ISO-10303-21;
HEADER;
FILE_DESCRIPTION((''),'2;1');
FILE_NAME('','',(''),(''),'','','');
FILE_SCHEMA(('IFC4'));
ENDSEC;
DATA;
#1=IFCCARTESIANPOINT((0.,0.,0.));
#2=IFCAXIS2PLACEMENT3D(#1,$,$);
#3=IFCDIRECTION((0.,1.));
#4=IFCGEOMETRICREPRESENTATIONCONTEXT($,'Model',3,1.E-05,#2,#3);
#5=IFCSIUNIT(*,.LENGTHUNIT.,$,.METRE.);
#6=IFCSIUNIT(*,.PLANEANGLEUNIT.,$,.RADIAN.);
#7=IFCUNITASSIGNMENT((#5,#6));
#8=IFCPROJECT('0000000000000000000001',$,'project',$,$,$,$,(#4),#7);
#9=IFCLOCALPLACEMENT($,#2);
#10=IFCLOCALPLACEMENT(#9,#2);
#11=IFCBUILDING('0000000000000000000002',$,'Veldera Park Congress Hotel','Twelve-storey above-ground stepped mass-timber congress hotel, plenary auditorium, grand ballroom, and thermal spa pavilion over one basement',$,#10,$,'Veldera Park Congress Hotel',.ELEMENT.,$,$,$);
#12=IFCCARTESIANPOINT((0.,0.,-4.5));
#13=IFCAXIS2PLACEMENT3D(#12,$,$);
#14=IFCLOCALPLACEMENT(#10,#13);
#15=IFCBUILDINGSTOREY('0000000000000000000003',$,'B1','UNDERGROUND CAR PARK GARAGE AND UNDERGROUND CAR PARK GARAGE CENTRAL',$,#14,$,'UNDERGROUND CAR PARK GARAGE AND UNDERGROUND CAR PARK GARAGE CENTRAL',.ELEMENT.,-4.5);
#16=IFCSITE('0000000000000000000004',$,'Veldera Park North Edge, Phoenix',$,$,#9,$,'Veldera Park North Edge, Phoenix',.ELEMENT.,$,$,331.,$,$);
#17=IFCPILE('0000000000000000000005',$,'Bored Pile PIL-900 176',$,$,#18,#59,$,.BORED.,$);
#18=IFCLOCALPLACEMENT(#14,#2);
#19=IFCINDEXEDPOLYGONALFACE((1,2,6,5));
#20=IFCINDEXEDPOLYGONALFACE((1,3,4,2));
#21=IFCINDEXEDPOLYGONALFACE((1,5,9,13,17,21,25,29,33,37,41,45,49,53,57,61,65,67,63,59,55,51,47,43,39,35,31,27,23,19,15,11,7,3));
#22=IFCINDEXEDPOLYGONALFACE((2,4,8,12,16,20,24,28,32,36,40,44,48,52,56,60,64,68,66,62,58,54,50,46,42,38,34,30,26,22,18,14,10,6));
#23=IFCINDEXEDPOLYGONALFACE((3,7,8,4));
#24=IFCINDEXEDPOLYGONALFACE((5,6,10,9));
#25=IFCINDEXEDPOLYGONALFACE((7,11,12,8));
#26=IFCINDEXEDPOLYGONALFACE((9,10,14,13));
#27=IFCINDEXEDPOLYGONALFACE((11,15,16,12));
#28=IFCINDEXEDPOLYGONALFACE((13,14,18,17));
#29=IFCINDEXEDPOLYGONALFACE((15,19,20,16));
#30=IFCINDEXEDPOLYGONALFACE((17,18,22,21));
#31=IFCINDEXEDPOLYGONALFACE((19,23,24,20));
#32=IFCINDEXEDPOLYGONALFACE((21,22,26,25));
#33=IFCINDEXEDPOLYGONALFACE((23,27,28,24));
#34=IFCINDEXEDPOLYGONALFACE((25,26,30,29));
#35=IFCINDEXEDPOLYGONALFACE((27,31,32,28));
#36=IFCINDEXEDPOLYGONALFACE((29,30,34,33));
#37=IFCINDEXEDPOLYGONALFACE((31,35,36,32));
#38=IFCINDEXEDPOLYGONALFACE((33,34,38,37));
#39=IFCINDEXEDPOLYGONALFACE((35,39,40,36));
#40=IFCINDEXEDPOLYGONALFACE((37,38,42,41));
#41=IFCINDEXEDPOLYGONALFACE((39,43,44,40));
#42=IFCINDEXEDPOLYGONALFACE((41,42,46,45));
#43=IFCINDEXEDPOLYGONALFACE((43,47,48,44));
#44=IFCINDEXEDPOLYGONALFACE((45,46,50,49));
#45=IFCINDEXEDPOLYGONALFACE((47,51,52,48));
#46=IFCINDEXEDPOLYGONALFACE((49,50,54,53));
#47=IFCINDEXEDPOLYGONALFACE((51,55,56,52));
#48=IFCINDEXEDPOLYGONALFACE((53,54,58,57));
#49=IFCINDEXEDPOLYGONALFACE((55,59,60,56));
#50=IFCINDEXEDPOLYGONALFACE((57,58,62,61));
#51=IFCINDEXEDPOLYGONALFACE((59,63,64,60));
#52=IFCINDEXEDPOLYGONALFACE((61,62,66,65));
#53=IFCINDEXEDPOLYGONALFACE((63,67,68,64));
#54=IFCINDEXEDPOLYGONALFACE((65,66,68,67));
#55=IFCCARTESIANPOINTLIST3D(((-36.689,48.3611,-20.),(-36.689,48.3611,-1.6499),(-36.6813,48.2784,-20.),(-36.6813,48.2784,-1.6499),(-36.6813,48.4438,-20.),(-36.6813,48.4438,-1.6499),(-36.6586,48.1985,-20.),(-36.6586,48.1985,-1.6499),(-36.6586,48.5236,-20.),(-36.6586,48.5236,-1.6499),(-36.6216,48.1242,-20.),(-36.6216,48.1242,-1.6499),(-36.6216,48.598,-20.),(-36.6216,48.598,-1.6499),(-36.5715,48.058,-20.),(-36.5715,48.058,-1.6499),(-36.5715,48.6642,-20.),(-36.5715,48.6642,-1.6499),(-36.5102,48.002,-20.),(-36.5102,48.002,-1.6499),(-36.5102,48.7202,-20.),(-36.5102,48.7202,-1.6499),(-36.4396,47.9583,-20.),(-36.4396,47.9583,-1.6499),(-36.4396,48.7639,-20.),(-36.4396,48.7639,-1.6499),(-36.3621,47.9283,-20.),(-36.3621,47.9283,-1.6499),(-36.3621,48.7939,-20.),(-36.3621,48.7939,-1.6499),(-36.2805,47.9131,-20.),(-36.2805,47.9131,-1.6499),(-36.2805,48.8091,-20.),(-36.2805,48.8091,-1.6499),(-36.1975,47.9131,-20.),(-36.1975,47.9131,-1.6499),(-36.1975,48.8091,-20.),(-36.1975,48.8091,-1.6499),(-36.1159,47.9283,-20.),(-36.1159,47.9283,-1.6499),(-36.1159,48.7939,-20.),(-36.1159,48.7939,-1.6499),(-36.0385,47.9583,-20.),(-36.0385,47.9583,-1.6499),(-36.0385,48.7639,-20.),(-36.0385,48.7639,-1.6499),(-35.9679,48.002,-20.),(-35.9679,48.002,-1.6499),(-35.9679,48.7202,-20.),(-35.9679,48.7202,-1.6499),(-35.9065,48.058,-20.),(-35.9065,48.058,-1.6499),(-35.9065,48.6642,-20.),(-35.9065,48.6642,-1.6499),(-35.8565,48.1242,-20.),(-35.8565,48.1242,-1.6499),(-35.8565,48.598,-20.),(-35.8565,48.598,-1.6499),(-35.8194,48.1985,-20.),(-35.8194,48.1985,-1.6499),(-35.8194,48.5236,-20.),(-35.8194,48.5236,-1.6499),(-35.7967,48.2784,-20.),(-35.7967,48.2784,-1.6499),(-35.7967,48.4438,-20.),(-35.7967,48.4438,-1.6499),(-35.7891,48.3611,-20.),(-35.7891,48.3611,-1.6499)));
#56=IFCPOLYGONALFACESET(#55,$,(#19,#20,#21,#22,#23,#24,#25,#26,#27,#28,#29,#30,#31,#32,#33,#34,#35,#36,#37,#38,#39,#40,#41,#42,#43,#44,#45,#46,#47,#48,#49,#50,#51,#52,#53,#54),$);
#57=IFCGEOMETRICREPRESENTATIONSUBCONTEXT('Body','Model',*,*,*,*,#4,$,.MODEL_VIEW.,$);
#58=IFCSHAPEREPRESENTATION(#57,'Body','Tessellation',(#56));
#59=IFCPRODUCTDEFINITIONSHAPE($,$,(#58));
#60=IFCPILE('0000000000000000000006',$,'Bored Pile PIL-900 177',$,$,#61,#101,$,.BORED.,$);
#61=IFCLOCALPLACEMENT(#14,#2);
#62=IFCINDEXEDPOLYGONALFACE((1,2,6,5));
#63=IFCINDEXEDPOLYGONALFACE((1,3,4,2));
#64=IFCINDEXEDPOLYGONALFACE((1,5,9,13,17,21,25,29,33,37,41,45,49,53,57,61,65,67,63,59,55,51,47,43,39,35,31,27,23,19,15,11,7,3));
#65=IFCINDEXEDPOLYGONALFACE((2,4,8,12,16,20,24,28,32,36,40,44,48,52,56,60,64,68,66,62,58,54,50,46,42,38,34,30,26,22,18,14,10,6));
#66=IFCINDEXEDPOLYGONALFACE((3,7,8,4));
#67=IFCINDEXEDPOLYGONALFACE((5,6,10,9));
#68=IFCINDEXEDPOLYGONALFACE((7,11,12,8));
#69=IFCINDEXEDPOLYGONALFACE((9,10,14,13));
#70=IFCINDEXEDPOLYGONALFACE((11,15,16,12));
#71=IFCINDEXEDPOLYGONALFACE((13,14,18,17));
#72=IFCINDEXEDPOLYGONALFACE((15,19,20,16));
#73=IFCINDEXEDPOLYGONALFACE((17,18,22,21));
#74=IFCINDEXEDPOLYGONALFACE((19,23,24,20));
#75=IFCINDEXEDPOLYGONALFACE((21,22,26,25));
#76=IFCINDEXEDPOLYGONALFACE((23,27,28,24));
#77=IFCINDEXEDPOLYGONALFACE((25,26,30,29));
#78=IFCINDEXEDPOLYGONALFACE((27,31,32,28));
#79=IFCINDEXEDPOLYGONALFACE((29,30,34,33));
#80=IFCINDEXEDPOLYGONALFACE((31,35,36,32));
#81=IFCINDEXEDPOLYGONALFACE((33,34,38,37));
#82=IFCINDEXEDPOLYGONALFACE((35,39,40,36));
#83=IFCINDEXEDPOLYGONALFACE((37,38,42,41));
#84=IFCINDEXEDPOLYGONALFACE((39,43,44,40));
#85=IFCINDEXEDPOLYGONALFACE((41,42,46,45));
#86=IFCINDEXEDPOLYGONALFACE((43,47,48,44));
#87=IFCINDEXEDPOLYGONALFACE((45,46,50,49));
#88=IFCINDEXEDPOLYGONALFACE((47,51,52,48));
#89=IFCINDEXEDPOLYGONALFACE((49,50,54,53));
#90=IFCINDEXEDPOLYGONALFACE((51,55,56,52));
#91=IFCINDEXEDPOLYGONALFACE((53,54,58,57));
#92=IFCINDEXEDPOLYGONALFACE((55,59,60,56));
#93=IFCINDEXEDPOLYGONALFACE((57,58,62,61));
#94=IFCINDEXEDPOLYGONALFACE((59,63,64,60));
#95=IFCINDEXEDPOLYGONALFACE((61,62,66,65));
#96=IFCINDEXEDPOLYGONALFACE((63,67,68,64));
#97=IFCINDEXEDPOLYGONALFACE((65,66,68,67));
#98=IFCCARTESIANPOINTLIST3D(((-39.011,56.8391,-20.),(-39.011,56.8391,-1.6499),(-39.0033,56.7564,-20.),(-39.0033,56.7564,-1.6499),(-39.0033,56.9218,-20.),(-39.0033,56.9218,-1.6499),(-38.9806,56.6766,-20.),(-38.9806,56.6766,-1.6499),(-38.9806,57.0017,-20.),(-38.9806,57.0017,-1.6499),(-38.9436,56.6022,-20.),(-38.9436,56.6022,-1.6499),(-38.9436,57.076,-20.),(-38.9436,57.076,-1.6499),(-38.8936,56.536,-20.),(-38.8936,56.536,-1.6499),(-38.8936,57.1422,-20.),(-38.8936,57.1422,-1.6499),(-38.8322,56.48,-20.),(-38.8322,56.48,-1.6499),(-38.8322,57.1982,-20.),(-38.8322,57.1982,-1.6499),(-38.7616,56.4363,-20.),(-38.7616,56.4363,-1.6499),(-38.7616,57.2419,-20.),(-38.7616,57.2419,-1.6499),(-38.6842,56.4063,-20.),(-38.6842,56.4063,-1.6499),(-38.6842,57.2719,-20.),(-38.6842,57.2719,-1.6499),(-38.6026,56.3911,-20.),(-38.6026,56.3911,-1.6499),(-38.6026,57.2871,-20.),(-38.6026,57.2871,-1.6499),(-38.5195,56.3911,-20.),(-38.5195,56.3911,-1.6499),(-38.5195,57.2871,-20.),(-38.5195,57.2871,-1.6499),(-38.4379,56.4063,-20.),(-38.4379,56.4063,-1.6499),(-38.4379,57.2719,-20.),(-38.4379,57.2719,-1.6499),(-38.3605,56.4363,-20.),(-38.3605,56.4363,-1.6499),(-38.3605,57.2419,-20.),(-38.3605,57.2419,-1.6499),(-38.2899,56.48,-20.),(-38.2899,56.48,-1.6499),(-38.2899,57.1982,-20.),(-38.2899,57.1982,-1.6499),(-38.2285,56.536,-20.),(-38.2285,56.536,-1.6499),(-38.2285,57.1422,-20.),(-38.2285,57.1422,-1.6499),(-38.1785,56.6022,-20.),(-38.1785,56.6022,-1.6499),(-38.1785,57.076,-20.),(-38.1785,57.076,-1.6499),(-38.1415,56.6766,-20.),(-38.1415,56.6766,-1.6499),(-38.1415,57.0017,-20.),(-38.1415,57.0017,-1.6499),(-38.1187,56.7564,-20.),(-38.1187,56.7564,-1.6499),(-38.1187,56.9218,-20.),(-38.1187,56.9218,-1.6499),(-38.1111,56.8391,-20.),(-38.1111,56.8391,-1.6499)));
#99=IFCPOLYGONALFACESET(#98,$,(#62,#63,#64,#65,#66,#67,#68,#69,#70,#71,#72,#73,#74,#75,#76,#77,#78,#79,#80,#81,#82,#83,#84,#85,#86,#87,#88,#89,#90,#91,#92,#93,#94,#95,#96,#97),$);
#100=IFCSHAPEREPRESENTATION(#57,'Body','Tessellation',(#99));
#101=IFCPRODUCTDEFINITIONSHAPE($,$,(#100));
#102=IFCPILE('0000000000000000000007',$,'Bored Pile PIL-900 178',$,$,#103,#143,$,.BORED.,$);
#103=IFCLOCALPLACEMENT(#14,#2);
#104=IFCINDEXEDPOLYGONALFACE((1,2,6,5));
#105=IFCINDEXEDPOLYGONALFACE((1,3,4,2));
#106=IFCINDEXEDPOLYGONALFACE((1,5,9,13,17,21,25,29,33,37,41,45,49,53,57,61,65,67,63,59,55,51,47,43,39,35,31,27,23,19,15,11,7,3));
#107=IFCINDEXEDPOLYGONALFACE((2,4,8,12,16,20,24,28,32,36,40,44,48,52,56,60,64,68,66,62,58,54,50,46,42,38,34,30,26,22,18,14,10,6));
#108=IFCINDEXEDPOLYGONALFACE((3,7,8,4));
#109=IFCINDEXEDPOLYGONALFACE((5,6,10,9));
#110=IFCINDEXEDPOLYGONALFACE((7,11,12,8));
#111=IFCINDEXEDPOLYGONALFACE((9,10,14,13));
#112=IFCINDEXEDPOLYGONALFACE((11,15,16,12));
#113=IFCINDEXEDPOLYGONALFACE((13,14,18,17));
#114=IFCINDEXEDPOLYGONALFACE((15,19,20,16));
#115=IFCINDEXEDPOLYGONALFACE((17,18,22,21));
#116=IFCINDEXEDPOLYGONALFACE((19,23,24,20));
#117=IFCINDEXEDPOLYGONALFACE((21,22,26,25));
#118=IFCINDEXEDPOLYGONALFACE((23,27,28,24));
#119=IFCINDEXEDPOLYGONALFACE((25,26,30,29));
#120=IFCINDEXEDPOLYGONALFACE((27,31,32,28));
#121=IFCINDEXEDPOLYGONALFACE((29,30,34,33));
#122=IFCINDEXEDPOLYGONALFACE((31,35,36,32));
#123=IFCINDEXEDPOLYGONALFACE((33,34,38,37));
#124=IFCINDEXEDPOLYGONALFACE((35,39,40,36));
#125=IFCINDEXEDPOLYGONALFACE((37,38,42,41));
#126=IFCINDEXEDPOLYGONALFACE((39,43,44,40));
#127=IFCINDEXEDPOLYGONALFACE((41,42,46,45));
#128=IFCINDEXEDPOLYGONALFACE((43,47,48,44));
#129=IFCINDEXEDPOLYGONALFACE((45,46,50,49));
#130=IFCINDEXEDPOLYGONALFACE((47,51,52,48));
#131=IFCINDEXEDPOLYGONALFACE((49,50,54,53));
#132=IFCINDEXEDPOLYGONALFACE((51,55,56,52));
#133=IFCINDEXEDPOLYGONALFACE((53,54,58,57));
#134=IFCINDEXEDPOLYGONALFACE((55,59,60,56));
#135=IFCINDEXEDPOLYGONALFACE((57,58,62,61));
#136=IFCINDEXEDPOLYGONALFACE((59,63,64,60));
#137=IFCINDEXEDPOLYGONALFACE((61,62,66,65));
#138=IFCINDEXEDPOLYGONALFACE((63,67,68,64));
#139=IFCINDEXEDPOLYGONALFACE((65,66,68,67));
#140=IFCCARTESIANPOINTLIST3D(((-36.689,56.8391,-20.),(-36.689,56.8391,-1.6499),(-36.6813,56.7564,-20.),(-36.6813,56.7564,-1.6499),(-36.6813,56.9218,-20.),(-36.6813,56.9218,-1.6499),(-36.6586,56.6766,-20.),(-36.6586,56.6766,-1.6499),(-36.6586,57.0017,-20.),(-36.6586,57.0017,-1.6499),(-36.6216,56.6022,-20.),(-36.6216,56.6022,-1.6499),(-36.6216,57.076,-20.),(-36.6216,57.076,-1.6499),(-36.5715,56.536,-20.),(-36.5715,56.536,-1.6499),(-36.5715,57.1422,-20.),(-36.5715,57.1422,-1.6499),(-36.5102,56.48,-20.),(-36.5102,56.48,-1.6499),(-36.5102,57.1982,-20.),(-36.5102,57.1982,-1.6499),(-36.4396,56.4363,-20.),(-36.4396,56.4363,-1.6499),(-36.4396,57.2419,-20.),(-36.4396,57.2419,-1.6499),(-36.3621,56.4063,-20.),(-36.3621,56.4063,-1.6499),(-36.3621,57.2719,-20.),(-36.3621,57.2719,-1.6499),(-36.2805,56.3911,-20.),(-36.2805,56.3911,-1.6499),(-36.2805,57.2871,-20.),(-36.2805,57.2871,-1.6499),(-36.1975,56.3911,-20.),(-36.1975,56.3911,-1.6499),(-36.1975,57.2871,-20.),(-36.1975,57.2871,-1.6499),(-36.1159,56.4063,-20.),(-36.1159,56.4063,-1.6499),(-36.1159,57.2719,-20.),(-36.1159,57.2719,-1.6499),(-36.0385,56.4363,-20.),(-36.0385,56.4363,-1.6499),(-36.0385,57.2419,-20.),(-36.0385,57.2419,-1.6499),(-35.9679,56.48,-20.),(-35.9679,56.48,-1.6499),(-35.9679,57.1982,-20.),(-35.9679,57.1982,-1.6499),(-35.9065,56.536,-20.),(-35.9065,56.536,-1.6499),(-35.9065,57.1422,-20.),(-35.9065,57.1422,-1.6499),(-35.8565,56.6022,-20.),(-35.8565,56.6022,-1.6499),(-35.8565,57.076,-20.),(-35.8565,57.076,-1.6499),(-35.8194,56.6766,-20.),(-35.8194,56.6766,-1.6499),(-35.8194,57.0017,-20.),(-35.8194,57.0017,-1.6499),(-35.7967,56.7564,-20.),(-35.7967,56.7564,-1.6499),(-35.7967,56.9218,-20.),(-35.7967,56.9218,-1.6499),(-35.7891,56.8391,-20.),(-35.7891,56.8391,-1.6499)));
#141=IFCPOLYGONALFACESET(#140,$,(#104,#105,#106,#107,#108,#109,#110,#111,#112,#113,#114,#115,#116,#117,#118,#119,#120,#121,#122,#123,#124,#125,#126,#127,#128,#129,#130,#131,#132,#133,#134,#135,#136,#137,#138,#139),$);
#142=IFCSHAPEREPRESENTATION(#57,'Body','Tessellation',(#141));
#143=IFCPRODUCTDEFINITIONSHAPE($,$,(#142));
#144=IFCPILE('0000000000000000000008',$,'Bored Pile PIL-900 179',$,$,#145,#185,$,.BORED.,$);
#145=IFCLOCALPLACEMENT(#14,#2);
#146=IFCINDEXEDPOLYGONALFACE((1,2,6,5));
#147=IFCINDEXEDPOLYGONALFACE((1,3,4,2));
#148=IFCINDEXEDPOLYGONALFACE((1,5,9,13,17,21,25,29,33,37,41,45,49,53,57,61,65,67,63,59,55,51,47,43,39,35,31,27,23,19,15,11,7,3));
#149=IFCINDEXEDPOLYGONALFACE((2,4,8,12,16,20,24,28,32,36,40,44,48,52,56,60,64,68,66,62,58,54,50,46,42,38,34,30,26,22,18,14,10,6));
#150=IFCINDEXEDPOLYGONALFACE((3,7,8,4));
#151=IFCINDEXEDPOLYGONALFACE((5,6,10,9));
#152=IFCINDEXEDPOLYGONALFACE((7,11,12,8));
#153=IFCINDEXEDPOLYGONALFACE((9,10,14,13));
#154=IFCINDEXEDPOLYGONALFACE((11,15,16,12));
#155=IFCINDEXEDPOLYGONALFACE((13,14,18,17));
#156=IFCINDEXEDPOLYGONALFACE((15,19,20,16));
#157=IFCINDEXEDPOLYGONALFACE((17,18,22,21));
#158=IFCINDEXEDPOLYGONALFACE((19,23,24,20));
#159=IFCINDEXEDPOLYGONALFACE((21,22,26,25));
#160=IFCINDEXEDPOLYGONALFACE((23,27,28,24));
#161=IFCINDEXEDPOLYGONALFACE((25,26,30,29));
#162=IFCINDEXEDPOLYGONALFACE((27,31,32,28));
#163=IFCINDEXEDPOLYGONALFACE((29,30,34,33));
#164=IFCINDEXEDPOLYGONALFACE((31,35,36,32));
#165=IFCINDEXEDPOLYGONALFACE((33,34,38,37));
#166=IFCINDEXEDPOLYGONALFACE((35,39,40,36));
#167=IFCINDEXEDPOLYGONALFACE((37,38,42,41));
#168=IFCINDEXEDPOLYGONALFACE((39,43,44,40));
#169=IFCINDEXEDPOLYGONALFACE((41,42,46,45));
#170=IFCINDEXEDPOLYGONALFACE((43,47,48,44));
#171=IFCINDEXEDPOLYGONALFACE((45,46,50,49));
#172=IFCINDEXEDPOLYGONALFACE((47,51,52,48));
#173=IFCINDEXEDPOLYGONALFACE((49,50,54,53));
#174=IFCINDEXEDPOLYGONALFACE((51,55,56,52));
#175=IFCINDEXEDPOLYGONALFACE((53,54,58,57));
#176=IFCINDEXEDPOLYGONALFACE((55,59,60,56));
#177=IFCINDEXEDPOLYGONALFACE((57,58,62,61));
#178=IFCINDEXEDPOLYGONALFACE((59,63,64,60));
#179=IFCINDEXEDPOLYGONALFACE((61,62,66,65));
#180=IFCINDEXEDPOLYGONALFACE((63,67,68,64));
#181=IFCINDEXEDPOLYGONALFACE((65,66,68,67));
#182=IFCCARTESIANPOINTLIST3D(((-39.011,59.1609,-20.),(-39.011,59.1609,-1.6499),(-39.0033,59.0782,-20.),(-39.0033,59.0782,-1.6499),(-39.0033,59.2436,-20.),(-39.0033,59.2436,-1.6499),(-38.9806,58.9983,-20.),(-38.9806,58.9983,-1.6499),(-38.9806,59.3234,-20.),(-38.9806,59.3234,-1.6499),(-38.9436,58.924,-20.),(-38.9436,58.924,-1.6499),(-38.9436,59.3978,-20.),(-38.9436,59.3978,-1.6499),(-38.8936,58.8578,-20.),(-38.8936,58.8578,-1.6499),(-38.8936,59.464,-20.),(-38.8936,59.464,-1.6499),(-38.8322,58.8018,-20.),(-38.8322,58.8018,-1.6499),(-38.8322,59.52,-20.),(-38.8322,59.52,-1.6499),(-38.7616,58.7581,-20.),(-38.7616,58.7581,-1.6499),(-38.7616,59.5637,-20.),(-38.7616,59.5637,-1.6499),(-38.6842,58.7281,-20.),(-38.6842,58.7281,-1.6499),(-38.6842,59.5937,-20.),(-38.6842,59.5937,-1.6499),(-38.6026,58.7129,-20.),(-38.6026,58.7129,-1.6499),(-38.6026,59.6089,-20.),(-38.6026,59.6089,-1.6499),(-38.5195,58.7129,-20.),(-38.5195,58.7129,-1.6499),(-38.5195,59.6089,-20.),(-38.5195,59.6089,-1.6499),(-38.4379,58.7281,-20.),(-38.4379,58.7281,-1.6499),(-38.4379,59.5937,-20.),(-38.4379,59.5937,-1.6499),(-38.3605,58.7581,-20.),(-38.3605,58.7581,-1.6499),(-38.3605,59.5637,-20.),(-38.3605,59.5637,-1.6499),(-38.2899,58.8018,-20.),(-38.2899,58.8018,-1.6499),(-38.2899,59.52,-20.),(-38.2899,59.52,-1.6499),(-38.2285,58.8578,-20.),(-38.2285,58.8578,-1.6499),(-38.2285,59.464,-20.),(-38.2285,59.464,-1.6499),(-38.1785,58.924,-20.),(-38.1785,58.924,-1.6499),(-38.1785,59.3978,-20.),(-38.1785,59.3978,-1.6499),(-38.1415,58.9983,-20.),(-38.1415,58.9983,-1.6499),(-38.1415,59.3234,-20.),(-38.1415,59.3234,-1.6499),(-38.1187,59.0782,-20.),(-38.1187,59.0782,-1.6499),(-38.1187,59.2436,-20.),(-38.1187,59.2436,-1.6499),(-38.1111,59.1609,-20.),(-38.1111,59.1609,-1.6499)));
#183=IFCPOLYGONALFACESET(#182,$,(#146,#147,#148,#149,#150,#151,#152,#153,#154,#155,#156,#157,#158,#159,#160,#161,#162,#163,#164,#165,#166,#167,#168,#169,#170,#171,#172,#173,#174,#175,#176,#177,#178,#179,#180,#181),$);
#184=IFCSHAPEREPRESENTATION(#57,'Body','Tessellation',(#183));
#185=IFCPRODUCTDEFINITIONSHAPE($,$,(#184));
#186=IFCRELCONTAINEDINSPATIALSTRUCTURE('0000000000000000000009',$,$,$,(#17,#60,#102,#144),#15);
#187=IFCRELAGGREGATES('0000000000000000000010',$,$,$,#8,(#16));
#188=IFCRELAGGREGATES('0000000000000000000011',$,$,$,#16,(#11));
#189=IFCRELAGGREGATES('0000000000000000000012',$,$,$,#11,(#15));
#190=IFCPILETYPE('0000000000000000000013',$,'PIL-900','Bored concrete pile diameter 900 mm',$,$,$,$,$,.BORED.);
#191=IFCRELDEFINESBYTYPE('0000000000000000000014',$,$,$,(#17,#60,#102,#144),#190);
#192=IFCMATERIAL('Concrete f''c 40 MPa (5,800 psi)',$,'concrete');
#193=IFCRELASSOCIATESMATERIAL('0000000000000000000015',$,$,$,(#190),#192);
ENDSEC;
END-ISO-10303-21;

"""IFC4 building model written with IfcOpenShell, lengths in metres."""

from ifc_helpers import new_model, si_unit, direction, frame, origin, origin_2d, place, context, subcontext, project, spatial, circle, extrude, material, material_profile, profile_set, type_object, element, save


model = new_model("IFC4")

# Units and contexts
model_context = context("Model", 3, precision=1e-05, world=origin(), true_north=direction((0.0, 1.0)))
body_context = subcontext(model_context, "Body", "Model", "MODEL_VIEW")
ifc_project = project(units=[si_unit("LENGTHUNIT", "METRE"), si_unit("PLANEANGLEUNIT", "RADIAN")], contexts=[model_context])

# Site, building, storey
site_placement = place(None, origin())
site = spatial("IfcSite", under=ifc_project, at=site_placement, Name="Veldera Park North Edge, Phoenix", LongName="Veldera Park North Edge, Phoenix", CompositionType="ELEMENT", RefElevation=331.0)
building_placement = place(site_placement, origin())
building = spatial("IfcBuilding", under=site, at=building_placement, Name="Veldera Park Congress Hotel", Description="Twelve-storey above-ground stepped mass-timber congress hotel, plenary auditorium, grand ballroom, and thermal spa pavilion over one basement", LongName="Veldera Park Congress Hotel", CompositionType="ELEMENT")
storey_placement = place(building_placement, frame((0.0, 0.0, -4.5)))
storey = spatial("IfcBuildingStorey", under=building, at=storey_placement, Name="B1", Description="UNDERGROUND CAR PARK GARAGE AND UNDERGROUND CAR PARK GARAGE CENTRAL", LongName="UNDERGROUND CAR PARK GARAGE AND UNDERGROUND CAR PARK GARAGE CENTRAL", CompositionType="ELEMENT", Elevation=-4.5)

# Shared definitions
ifc_material_1 = material(Name="Concrete f'c 40 MPa (5,800 psi)", Category="concrete")

# Piles
ifc_material_profile_1 = material_profile(ifc_material_1, circle(Radius=0.45, at=origin_2d()), Name="PILE D900")
ifc_profile_set_1 = profile_set([ifc_material_profile_1], Name="Concrete f'c 40 MPa (5,800 psi)")
pile_type = type_object("IfcPileType", Name="PIL-900", Description="Bored concrete pile diameter 900 mm", PredefinedType="BORED", material=ifc_profile_set_1)
for number, where, z_axis, x_axis, name in (
    (1, (-36.239, 48.3611, -1.6499), (0.0, 0.0, -1.0), (1.0, 0.0, 0.0), "Bored Pile PIL-900 176"),
    (2, (-38.561, 56.8391, -1.6499), (0.0, 0.0, -1.0), (1.0, 0.0, 0.0), "Bored Pile PIL-900 177"),
    (3, (-36.239, 56.8391, -1.6499), (0.0, 0.0, -1.0), (1.0, 0.0, 0.0), "Bored Pile PIL-900 178"),
    (4, (-38.561, 59.1609, -1.6499), (0.0, 0.0, -1.0), (1.0, 0.0, 0.0), "Bored Pile PIL-900 179"),
):
    element("IfcPile", number, at=place(storey_placement, frame(where, z_axis=z_axis, x_axis=x_axis)), inside=storey, type_object=pile_type, Name=name, PredefinedType="BORED", context=body_context, shape_type="SweptSolid", body=[
        extrude(circle(Radius=0.45, at=origin_2d()), origin(), (0.0, 0.0, 1.0), 18.3501),
    ])

save(model, "model.ifc")
